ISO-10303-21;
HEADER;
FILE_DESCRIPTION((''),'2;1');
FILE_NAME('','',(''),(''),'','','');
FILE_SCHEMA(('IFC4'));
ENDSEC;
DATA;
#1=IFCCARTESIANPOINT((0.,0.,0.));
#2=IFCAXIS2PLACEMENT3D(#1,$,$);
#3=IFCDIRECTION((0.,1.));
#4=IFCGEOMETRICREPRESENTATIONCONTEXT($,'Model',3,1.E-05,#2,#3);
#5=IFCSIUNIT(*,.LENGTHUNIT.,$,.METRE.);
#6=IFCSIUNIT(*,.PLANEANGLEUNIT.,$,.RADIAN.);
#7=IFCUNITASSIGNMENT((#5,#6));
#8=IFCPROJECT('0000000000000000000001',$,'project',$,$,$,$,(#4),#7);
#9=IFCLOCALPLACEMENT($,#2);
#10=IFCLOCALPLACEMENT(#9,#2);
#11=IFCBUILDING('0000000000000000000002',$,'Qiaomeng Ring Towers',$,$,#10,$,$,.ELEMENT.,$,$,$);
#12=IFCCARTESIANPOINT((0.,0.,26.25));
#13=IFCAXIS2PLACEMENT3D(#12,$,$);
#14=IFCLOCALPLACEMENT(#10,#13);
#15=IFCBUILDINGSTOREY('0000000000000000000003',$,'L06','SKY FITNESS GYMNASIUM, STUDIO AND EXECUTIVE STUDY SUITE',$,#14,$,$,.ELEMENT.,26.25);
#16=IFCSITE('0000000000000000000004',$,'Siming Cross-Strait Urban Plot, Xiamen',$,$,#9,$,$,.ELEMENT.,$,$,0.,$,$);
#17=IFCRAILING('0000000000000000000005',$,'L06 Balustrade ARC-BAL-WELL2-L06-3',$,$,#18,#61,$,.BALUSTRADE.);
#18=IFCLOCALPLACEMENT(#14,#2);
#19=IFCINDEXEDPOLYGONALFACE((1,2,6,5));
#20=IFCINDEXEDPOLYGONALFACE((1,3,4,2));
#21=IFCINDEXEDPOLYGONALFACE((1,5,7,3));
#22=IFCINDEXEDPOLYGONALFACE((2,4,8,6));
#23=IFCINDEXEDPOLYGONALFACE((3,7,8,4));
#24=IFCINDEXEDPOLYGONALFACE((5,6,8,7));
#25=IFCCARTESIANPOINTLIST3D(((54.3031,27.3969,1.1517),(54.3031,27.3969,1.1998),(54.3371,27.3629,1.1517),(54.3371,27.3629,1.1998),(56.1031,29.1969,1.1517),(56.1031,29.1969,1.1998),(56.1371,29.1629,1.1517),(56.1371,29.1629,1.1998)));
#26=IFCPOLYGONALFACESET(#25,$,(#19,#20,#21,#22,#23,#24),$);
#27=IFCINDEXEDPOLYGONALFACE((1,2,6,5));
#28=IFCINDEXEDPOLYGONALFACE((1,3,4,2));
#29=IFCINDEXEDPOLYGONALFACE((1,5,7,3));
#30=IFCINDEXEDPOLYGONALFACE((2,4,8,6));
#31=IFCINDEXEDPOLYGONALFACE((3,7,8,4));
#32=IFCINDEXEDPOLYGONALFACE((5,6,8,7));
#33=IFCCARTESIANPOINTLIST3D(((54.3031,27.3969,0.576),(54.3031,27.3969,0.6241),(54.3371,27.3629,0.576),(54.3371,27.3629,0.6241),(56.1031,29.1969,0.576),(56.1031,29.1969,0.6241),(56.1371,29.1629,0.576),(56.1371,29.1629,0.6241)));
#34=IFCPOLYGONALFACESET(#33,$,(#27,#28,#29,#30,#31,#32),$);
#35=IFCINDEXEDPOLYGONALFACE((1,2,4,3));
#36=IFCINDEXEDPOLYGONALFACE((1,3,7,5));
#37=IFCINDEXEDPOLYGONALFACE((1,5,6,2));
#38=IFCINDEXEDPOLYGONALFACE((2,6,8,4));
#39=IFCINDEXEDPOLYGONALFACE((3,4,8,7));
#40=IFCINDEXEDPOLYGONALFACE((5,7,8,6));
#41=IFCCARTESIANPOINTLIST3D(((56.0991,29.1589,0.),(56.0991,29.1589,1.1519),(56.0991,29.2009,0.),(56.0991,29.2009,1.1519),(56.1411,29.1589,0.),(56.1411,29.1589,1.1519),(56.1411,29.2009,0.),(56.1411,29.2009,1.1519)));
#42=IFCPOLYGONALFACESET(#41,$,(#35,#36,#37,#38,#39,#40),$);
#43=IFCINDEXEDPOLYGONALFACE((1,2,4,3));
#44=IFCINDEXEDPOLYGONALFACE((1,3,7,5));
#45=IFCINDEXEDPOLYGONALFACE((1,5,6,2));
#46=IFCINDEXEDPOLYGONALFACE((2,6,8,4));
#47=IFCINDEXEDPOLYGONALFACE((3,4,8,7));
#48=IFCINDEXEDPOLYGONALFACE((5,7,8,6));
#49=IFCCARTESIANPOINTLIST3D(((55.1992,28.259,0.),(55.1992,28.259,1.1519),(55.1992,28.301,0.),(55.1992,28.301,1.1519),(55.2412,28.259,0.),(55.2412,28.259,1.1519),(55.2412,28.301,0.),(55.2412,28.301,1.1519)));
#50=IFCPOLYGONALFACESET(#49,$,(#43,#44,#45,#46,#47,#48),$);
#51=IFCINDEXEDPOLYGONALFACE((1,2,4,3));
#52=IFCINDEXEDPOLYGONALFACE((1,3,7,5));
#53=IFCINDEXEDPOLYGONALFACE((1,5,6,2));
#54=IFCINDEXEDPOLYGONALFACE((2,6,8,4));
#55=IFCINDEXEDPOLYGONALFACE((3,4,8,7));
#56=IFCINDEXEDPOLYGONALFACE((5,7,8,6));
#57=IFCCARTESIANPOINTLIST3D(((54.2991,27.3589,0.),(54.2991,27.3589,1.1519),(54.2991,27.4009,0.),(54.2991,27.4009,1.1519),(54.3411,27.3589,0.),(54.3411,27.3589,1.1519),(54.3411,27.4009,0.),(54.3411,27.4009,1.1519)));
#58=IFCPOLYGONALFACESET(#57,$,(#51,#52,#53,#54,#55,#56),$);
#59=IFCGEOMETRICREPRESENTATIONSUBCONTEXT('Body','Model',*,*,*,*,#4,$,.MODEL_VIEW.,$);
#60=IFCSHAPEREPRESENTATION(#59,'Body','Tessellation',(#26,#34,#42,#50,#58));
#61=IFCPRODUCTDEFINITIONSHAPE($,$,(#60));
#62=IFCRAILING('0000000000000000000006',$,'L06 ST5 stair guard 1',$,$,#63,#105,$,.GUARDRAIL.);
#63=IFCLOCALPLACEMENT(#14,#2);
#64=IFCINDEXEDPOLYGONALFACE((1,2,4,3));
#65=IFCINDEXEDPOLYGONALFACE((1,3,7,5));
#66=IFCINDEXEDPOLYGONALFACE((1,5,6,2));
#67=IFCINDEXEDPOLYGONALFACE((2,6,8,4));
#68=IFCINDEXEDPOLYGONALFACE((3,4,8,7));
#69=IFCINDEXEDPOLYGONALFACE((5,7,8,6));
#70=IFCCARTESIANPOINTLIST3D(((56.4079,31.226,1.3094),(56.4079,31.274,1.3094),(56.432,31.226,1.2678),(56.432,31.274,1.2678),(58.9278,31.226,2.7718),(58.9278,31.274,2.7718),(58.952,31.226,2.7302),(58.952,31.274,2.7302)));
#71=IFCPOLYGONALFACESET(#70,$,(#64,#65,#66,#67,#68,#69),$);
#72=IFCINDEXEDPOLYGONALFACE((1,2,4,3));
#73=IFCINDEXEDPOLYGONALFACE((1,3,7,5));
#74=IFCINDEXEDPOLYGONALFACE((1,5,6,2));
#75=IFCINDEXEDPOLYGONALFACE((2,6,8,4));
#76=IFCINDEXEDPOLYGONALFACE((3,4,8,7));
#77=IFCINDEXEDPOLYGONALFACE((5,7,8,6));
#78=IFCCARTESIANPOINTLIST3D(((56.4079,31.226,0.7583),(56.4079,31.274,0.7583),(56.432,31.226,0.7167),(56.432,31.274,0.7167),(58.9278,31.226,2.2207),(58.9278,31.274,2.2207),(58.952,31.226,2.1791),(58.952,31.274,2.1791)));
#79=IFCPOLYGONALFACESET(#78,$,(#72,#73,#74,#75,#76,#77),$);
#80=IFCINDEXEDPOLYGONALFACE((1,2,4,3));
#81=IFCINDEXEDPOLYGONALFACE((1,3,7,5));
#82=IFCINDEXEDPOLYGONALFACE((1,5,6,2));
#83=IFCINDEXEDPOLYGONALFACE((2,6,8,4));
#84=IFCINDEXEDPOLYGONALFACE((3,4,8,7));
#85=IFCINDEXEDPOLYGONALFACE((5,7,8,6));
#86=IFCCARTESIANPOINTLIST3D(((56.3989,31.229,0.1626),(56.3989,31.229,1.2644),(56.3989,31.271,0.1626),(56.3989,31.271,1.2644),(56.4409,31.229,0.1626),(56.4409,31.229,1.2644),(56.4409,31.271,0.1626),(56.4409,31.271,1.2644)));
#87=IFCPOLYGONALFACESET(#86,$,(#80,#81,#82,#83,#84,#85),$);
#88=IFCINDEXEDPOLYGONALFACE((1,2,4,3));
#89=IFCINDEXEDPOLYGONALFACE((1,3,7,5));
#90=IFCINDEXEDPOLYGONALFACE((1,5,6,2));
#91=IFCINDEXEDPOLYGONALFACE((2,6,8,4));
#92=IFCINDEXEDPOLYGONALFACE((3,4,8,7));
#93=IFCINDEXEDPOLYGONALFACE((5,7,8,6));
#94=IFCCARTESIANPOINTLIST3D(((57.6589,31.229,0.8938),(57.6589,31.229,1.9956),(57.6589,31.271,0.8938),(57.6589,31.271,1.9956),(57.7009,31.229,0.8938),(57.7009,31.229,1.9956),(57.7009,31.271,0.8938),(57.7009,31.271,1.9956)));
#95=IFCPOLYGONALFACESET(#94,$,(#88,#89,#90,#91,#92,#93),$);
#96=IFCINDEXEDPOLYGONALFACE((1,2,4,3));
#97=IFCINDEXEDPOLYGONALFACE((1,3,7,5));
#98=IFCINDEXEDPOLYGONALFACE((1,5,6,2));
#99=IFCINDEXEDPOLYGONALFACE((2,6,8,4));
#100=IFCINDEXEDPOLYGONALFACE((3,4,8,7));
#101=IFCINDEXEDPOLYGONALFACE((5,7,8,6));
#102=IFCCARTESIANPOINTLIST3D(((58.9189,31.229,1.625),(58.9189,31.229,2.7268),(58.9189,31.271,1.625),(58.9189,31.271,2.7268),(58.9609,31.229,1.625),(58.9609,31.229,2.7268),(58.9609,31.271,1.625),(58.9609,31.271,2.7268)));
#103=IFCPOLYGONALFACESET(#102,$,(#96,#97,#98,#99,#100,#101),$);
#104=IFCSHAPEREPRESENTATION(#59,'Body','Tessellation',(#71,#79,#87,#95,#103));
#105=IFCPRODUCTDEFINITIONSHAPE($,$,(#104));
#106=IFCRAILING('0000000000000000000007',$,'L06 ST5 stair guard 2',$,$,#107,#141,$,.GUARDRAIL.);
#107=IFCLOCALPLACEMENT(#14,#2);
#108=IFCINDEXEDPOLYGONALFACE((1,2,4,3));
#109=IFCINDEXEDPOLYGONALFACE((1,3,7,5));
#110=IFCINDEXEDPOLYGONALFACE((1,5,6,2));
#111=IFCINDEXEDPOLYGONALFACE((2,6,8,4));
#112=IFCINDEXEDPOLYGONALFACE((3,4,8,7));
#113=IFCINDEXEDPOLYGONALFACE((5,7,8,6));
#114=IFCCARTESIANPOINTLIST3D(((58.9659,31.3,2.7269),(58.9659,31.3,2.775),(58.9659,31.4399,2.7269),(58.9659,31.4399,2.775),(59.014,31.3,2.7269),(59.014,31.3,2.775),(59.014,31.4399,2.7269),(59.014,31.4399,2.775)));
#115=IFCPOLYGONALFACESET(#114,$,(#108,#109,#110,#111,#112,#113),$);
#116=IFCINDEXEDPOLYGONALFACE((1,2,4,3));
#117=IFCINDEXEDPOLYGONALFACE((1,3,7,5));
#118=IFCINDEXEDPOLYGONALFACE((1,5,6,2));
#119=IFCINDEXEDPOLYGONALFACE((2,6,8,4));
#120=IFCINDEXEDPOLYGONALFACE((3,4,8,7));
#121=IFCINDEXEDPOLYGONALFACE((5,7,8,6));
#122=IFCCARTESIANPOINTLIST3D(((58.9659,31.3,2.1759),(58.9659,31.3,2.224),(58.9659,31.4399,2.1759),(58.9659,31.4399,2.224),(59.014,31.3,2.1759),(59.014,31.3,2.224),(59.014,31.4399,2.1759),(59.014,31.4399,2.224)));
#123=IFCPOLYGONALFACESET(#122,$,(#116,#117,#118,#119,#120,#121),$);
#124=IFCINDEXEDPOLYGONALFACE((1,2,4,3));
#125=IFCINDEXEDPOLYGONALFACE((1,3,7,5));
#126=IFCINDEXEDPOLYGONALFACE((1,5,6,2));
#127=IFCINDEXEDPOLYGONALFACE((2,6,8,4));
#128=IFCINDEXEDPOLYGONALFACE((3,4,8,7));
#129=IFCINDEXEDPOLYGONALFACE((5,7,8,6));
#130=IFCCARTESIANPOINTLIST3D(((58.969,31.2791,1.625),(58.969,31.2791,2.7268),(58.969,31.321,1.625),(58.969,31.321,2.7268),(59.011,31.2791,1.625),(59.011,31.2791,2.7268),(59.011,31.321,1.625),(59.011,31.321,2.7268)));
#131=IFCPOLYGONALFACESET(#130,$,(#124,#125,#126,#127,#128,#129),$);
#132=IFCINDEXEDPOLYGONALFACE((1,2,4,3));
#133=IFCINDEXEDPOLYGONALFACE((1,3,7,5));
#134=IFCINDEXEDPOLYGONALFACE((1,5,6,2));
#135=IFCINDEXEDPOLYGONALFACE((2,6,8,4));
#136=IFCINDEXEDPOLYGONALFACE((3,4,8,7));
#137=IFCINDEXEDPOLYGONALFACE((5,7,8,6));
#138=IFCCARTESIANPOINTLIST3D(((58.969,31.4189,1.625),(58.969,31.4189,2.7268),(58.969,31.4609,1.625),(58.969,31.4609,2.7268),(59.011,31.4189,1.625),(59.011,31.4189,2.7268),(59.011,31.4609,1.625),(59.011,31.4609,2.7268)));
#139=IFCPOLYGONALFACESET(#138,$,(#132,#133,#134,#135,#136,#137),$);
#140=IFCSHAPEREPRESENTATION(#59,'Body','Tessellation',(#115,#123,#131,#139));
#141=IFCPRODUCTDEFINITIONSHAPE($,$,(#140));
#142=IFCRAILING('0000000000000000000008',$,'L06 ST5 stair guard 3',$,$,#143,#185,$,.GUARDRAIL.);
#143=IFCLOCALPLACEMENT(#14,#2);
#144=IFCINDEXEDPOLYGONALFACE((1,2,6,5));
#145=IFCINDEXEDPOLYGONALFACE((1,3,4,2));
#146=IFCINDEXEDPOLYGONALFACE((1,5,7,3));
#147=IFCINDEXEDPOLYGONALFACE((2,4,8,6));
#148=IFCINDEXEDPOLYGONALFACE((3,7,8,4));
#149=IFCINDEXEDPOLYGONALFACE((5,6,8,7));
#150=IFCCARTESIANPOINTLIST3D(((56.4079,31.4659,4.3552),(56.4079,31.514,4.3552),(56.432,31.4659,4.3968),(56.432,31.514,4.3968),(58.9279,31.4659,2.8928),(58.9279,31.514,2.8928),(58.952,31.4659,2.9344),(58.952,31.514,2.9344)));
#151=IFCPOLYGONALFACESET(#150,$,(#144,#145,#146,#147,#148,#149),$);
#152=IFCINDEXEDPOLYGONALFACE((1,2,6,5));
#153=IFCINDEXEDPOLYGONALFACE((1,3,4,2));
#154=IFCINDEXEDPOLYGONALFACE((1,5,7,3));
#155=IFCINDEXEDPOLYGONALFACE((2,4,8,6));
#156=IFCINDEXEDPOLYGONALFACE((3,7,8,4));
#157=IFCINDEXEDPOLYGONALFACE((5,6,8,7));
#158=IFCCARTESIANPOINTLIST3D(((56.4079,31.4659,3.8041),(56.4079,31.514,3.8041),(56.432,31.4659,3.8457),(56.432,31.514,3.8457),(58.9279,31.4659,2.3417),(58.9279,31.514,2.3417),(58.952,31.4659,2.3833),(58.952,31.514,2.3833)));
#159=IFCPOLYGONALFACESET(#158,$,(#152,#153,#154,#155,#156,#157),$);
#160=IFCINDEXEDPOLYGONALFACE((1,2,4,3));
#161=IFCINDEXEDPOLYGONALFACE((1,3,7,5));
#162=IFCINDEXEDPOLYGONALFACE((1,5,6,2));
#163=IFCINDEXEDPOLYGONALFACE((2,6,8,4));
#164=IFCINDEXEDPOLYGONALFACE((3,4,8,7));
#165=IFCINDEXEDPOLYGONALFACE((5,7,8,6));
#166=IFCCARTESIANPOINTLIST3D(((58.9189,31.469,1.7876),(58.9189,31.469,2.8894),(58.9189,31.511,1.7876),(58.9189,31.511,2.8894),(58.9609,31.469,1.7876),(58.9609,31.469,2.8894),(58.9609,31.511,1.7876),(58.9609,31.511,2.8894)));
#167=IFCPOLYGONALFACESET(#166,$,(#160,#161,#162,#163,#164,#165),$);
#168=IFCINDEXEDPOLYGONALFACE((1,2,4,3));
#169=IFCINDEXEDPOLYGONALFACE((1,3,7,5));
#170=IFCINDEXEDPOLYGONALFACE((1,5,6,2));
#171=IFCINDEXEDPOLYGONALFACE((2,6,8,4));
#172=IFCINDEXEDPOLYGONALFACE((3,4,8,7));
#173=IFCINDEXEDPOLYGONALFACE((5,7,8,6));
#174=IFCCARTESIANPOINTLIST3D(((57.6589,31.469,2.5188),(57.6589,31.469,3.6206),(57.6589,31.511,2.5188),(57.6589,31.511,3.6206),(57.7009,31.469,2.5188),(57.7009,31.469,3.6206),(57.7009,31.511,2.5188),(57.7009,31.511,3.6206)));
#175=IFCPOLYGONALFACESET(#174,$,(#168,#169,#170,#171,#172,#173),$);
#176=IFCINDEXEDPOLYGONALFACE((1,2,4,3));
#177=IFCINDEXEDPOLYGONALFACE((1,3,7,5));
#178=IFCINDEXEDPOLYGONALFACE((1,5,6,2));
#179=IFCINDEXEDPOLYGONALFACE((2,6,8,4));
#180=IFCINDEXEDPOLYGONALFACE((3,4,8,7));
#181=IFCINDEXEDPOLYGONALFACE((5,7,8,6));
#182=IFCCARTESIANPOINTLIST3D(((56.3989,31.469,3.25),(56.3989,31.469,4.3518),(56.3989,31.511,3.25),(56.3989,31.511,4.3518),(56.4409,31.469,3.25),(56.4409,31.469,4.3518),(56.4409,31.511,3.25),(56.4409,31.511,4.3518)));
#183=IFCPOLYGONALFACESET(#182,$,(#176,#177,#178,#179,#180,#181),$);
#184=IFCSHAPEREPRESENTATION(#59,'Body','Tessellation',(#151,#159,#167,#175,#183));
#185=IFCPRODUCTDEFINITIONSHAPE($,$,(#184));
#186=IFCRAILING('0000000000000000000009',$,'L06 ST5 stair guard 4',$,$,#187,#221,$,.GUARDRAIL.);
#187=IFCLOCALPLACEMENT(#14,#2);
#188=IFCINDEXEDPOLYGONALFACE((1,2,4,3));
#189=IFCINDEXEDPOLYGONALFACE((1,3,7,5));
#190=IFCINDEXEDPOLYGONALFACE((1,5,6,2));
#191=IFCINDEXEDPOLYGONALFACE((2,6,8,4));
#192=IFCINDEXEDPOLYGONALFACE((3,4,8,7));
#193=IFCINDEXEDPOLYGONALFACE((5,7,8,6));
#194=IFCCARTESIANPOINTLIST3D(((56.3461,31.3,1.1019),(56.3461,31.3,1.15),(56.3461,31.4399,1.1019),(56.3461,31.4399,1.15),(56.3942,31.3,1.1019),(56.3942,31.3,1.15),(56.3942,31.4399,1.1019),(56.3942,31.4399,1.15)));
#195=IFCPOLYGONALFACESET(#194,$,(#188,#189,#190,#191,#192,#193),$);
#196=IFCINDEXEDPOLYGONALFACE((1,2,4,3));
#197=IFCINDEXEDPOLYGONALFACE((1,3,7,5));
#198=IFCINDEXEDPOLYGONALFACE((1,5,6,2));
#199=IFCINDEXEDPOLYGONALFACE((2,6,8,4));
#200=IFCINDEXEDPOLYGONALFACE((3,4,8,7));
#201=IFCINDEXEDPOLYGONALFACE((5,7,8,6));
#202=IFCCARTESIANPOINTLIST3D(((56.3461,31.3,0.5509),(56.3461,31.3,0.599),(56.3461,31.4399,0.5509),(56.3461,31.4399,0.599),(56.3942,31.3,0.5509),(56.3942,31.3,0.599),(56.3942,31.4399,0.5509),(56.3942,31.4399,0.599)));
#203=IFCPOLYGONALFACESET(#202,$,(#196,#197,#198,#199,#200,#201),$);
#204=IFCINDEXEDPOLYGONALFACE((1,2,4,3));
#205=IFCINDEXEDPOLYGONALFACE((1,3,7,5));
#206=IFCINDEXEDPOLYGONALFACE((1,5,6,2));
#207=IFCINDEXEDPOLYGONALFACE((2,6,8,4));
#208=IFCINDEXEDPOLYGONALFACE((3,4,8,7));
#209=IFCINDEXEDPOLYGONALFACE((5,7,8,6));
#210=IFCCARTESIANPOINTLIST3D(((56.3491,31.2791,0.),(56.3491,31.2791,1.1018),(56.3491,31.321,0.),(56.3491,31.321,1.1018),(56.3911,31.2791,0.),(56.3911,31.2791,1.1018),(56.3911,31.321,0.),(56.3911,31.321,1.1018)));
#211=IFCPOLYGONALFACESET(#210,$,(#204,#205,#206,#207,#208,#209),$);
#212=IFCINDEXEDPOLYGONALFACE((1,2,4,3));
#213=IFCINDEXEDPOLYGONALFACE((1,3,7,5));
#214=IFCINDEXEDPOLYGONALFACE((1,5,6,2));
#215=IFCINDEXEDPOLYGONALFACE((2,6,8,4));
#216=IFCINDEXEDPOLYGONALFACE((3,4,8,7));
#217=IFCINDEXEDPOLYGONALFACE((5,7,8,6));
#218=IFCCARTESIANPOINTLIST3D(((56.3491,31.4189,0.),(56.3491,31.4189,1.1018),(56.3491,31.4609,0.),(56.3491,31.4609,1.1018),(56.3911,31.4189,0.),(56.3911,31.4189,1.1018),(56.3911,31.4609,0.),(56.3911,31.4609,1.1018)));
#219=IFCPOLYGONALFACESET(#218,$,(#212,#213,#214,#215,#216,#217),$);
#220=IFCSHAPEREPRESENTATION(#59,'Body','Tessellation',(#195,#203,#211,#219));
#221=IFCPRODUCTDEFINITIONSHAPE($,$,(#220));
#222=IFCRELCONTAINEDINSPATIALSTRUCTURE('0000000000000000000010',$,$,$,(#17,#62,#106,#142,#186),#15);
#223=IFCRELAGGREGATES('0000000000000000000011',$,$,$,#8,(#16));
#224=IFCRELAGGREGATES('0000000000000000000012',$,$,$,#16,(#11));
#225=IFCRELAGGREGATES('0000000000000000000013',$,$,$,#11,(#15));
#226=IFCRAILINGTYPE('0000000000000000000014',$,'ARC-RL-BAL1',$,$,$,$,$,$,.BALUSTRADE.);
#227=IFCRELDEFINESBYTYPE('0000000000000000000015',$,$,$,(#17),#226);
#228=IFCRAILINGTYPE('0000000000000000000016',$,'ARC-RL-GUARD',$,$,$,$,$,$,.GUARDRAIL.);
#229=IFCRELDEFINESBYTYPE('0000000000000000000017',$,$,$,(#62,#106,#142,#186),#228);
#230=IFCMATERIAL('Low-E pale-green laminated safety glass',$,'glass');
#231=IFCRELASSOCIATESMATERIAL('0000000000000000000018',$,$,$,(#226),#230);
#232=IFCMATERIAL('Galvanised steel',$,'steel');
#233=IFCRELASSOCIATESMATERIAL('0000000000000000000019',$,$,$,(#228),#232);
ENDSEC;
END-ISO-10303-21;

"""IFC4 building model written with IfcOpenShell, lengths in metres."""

from ifc_helpers import new_model, si_unit, direction, frame, origin, origin_2d, place, context, subcontext, project, spatial, rectangle, extrude, material, type_object, element, save


model = new_model("IFC4")

# Units and contexts
model_context = context("Model", 3, precision=1e-05, world=origin(), true_north=direction((0.0, 1.0)))
body_context = subcontext(model_context, "Body", "Model", "MODEL_VIEW")
ifc_project = project(units=[si_unit("LENGTHUNIT", "METRE"), si_unit("PLANEANGLEUNIT", "RADIAN")], contexts=[model_context])

# Site, building, storey
site_placement = place(None, origin())
site = spatial("IfcSite", under=ifc_project, at=site_placement, Name="Siming Cross-Strait Urban Plot, Xiamen", CompositionType="ELEMENT", RefElevation=0.0)
building_placement = place(site_placement, origin())
building = spatial("IfcBuilding", under=site, at=building_placement, Name="Qiaomeng Ring Towers", CompositionType="ELEMENT")
storey_placement = place(building_placement, frame((0.0, 0.0, 26.25)))
storey = spatial("IfcBuildingStorey", under=building, at=storey_placement, Name="L06", Description="SKY FITNESS GYMNASIUM, STUDIO AND EXECUTIVE STUDY SUITE", CompositionType="ELEMENT", Elevation=26.25)

# Railings
ifc_material_1 = material(Name="Low-E pale-green laminated safety glass", Category="glass")
railing_type_1 = type_object("IfcRailingType", Name="ARC-RL-BAL1", PredefinedType="BALUSTRADE", material=ifc_material_1)
railing_1_placement = place(storey_placement, frame((56.1201, 29.1799, 0.0)))
element("IfcRailing", 1, at=railing_1_placement, inside=storey, type_object=railing_type_1, Name="L06 Balustrade ARC-BAL-WELL2-L06-3", PredefinedType="BALUSTRADE", context=body_context, shape_type="SweptSolid", body=[
    extrude(rectangle(XDim=0.0481, YDim=0.0481, at=origin_2d()), frame((0.0, 0.0, 1.1758), z_axis=(-0.707107, -0.707107, 0.0), x_axis=(0.707107, -0.707107, 0.0)), (0.0, 0.0, 1.0), 2.5457),
    extrude(rectangle(XDim=0.0481, YDim=0.0481, at=origin_2d()), frame((0.0, 0.0, 0.6001), z_axis=(-0.707107, -0.707107, 0.0), x_axis=(0.707107, -0.707107, 0.0)), (0.0, 0.0, 1.0), 2.5457),
    extrude(rectangle(XDim=0.042, YDim=0.042, at=origin_2d()), origin(), (0.0, 0.0, 1.0), 1.1519),
    extrude(rectangle(XDim=0.042, YDim=0.042, at=origin_2d()), frame((-0.8999, -0.8999, 0.0)), (0.0, 0.0, 1.0), 1.1519),
    extrude(rectangle(XDim=0.042, YDim=0.042, at=origin_2d()), frame((-1.8, -1.8, 0.0)), (0.0, 0.0, 1.0), 1.1519),
])
ifc_material_2 = material(Name="Galvanised steel", Category="steel")
railing_type_2 = type_object("IfcRailingType", Name="ARC-RL-GUARD", PredefinedType="GUARDRAIL", material=ifc_material_2)
railing_2_placement = place(storey_placement, frame((56.4199, 31.25, 0.1626)))
element("IfcRailing", 2, at=railing_2_placement, inside=storey, type_object=railing_type_2, Name="L06 ST5 stair guard 1", PredefinedType="GUARDRAIL", context=body_context, shape_type="SweptSolid", body=[
    extrude(rectangle(XDim=0.0481, YDim=0.0481, at=origin_2d()), frame((0.0, 0.0, 1.126), z_axis=(0.864913, 0.0, 0.501921), x_axis=(0.0, 1.0, 0.0)), (0.0, 0.0, 1.0), 2.9136),
    extrude(rectangle(XDim=0.0481, YDim=0.0481, at=origin_2d()), frame((0.0, 0.0, 0.575), z_axis=(0.864913, 0.0, 0.501921), x_axis=(0.0, 1.0, 0.0)), (0.0, 0.0, 1.0), 2.9136),
    extrude(rectangle(XDim=0.042, YDim=0.042, at=origin_2d()), origin(), (0.0, 0.0, 1.0), 1.1018),
    extrude(rectangle(XDim=0.042, YDim=0.042, at=origin_2d()), frame((1.26, 0.0, 0.7312)), (0.0, 0.0, 1.0), 1.1018),
    extrude(rectangle(XDim=0.042, YDim=0.042, at=origin_2d()), frame((2.52, 0.0, 1.4624)), (0.0, 0.0, 1.0), 1.1018),
])
railing_3_placement = place(storey_placement, frame((58.99, 31.3, 1.625)))
element("IfcRailing", 3, at=railing_3_placement, inside=storey, type_object=railing_type_2, Name="L06 ST5 stair guard 2", PredefinedType="GUARDRAIL", context=body_context, shape_type="SweptSolid", body=[
    extrude(rectangle(XDim=0.0481, YDim=0.0481, at=origin_2d()), frame((0.0, 0.0, 1.126), z_axis=(0.0, 1.0, 0.0), x_axis=(-1.0, 0.0, 0.0)), (0.0, 0.0, 1.0), 0.1399),
    extrude(rectangle(XDim=0.0481, YDim=0.0481, at=origin_2d()), frame((0.0, 0.0, 0.575), z_axis=(0.0, 1.0, 0.0), x_axis=(-1.0, 0.0, 0.0)), (0.0, 0.0, 1.0), 0.1399),
    extrude(rectangle(XDim=0.042, YDim=0.042, at=origin_2d()), origin(), (0.0, 0.0, 1.0), 1.1018),
    extrude(rectangle(XDim=0.042, YDim=0.042, at=origin_2d()), frame((0.0, 0.1399, 0.0)), (0.0, 0.0, 1.0), 1.1018),
])
railing_4_placement = place(storey_placement, frame((58.9399, 31.49, 1.7876)))
element("IfcRailing", 4, at=railing_4_placement, inside=storey, type_object=railing_type_2, Name="L06 ST5 stair guard 3", PredefinedType="GUARDRAIL", context=body_context, shape_type="SweptSolid", body=[
    extrude(rectangle(XDim=0.0481, YDim=0.0481, at=origin_2d()), frame((0.0, 0.0, 1.126), z_axis=(-0.864913, 0.0, 0.501921), x_axis=(0.0, -1.0, 0.0)), (0.0, 0.0, 1.0), 2.9136),
    extrude(rectangle(XDim=0.0481, YDim=0.0481, at=origin_2d()), frame((0.0, 0.0, 0.575), z_axis=(-0.864913, 0.0, 0.501921), x_axis=(0.0, -1.0, 0.0)), (0.0, 0.0, 1.0), 2.9136),
    extrude(rectangle(XDim=0.042, YDim=0.042, at=origin_2d()), origin(), (0.0, 0.0, 1.0), 1.1018),
    extrude(rectangle(XDim=0.042, YDim=0.042, at=origin_2d()), frame((-1.26, 0.0, 0.7312)), (0.0, 0.0, 1.0), 1.1018),
    extrude(rectangle(XDim=0.042, YDim=0.042, at=origin_2d()), frame((-2.52, 0.0, 1.4624)), (0.0, 0.0, 1.0), 1.1018),
])
railing_5_placement = place(storey_placement, frame((56.3701, 31.3, 0.0)))
element("IfcRailing", 5, at=railing_5_placement, inside=storey, type_object=railing_type_2, Name="L06 ST5 stair guard 4", PredefinedType="GUARDRAIL", context=body_context, shape_type="SweptSolid", body=[
    extrude(rectangle(XDim=0.0481, YDim=0.0481, at=origin_2d()), frame((0.0, 0.0, 1.126), z_axis=(0.0, 1.0, 0.0), x_axis=(-1.0, 0.0, 0.0)), (0.0, 0.0, 1.0), 0.1399),
    extrude(rectangle(XDim=0.0481, YDim=0.0481, at=origin_2d()), frame((0.0, 0.0, 0.575), z_axis=(0.0, 1.0, 0.0), x_axis=(-1.0, 0.0, 0.0)), (0.0, 0.0, 1.0), 0.1399),
    extrude(rectangle(XDim=0.042, YDim=0.042, at=origin_2d()), origin(), (0.0, 0.0, 1.0), 1.1018),
    extrude(rectangle(XDim=0.042, YDim=0.042, at=origin_2d()), frame((0.0, 0.1399, 0.0)), (0.0, 0.0, 1.0), 1.1018),
])

save(model, "model.ifc")
